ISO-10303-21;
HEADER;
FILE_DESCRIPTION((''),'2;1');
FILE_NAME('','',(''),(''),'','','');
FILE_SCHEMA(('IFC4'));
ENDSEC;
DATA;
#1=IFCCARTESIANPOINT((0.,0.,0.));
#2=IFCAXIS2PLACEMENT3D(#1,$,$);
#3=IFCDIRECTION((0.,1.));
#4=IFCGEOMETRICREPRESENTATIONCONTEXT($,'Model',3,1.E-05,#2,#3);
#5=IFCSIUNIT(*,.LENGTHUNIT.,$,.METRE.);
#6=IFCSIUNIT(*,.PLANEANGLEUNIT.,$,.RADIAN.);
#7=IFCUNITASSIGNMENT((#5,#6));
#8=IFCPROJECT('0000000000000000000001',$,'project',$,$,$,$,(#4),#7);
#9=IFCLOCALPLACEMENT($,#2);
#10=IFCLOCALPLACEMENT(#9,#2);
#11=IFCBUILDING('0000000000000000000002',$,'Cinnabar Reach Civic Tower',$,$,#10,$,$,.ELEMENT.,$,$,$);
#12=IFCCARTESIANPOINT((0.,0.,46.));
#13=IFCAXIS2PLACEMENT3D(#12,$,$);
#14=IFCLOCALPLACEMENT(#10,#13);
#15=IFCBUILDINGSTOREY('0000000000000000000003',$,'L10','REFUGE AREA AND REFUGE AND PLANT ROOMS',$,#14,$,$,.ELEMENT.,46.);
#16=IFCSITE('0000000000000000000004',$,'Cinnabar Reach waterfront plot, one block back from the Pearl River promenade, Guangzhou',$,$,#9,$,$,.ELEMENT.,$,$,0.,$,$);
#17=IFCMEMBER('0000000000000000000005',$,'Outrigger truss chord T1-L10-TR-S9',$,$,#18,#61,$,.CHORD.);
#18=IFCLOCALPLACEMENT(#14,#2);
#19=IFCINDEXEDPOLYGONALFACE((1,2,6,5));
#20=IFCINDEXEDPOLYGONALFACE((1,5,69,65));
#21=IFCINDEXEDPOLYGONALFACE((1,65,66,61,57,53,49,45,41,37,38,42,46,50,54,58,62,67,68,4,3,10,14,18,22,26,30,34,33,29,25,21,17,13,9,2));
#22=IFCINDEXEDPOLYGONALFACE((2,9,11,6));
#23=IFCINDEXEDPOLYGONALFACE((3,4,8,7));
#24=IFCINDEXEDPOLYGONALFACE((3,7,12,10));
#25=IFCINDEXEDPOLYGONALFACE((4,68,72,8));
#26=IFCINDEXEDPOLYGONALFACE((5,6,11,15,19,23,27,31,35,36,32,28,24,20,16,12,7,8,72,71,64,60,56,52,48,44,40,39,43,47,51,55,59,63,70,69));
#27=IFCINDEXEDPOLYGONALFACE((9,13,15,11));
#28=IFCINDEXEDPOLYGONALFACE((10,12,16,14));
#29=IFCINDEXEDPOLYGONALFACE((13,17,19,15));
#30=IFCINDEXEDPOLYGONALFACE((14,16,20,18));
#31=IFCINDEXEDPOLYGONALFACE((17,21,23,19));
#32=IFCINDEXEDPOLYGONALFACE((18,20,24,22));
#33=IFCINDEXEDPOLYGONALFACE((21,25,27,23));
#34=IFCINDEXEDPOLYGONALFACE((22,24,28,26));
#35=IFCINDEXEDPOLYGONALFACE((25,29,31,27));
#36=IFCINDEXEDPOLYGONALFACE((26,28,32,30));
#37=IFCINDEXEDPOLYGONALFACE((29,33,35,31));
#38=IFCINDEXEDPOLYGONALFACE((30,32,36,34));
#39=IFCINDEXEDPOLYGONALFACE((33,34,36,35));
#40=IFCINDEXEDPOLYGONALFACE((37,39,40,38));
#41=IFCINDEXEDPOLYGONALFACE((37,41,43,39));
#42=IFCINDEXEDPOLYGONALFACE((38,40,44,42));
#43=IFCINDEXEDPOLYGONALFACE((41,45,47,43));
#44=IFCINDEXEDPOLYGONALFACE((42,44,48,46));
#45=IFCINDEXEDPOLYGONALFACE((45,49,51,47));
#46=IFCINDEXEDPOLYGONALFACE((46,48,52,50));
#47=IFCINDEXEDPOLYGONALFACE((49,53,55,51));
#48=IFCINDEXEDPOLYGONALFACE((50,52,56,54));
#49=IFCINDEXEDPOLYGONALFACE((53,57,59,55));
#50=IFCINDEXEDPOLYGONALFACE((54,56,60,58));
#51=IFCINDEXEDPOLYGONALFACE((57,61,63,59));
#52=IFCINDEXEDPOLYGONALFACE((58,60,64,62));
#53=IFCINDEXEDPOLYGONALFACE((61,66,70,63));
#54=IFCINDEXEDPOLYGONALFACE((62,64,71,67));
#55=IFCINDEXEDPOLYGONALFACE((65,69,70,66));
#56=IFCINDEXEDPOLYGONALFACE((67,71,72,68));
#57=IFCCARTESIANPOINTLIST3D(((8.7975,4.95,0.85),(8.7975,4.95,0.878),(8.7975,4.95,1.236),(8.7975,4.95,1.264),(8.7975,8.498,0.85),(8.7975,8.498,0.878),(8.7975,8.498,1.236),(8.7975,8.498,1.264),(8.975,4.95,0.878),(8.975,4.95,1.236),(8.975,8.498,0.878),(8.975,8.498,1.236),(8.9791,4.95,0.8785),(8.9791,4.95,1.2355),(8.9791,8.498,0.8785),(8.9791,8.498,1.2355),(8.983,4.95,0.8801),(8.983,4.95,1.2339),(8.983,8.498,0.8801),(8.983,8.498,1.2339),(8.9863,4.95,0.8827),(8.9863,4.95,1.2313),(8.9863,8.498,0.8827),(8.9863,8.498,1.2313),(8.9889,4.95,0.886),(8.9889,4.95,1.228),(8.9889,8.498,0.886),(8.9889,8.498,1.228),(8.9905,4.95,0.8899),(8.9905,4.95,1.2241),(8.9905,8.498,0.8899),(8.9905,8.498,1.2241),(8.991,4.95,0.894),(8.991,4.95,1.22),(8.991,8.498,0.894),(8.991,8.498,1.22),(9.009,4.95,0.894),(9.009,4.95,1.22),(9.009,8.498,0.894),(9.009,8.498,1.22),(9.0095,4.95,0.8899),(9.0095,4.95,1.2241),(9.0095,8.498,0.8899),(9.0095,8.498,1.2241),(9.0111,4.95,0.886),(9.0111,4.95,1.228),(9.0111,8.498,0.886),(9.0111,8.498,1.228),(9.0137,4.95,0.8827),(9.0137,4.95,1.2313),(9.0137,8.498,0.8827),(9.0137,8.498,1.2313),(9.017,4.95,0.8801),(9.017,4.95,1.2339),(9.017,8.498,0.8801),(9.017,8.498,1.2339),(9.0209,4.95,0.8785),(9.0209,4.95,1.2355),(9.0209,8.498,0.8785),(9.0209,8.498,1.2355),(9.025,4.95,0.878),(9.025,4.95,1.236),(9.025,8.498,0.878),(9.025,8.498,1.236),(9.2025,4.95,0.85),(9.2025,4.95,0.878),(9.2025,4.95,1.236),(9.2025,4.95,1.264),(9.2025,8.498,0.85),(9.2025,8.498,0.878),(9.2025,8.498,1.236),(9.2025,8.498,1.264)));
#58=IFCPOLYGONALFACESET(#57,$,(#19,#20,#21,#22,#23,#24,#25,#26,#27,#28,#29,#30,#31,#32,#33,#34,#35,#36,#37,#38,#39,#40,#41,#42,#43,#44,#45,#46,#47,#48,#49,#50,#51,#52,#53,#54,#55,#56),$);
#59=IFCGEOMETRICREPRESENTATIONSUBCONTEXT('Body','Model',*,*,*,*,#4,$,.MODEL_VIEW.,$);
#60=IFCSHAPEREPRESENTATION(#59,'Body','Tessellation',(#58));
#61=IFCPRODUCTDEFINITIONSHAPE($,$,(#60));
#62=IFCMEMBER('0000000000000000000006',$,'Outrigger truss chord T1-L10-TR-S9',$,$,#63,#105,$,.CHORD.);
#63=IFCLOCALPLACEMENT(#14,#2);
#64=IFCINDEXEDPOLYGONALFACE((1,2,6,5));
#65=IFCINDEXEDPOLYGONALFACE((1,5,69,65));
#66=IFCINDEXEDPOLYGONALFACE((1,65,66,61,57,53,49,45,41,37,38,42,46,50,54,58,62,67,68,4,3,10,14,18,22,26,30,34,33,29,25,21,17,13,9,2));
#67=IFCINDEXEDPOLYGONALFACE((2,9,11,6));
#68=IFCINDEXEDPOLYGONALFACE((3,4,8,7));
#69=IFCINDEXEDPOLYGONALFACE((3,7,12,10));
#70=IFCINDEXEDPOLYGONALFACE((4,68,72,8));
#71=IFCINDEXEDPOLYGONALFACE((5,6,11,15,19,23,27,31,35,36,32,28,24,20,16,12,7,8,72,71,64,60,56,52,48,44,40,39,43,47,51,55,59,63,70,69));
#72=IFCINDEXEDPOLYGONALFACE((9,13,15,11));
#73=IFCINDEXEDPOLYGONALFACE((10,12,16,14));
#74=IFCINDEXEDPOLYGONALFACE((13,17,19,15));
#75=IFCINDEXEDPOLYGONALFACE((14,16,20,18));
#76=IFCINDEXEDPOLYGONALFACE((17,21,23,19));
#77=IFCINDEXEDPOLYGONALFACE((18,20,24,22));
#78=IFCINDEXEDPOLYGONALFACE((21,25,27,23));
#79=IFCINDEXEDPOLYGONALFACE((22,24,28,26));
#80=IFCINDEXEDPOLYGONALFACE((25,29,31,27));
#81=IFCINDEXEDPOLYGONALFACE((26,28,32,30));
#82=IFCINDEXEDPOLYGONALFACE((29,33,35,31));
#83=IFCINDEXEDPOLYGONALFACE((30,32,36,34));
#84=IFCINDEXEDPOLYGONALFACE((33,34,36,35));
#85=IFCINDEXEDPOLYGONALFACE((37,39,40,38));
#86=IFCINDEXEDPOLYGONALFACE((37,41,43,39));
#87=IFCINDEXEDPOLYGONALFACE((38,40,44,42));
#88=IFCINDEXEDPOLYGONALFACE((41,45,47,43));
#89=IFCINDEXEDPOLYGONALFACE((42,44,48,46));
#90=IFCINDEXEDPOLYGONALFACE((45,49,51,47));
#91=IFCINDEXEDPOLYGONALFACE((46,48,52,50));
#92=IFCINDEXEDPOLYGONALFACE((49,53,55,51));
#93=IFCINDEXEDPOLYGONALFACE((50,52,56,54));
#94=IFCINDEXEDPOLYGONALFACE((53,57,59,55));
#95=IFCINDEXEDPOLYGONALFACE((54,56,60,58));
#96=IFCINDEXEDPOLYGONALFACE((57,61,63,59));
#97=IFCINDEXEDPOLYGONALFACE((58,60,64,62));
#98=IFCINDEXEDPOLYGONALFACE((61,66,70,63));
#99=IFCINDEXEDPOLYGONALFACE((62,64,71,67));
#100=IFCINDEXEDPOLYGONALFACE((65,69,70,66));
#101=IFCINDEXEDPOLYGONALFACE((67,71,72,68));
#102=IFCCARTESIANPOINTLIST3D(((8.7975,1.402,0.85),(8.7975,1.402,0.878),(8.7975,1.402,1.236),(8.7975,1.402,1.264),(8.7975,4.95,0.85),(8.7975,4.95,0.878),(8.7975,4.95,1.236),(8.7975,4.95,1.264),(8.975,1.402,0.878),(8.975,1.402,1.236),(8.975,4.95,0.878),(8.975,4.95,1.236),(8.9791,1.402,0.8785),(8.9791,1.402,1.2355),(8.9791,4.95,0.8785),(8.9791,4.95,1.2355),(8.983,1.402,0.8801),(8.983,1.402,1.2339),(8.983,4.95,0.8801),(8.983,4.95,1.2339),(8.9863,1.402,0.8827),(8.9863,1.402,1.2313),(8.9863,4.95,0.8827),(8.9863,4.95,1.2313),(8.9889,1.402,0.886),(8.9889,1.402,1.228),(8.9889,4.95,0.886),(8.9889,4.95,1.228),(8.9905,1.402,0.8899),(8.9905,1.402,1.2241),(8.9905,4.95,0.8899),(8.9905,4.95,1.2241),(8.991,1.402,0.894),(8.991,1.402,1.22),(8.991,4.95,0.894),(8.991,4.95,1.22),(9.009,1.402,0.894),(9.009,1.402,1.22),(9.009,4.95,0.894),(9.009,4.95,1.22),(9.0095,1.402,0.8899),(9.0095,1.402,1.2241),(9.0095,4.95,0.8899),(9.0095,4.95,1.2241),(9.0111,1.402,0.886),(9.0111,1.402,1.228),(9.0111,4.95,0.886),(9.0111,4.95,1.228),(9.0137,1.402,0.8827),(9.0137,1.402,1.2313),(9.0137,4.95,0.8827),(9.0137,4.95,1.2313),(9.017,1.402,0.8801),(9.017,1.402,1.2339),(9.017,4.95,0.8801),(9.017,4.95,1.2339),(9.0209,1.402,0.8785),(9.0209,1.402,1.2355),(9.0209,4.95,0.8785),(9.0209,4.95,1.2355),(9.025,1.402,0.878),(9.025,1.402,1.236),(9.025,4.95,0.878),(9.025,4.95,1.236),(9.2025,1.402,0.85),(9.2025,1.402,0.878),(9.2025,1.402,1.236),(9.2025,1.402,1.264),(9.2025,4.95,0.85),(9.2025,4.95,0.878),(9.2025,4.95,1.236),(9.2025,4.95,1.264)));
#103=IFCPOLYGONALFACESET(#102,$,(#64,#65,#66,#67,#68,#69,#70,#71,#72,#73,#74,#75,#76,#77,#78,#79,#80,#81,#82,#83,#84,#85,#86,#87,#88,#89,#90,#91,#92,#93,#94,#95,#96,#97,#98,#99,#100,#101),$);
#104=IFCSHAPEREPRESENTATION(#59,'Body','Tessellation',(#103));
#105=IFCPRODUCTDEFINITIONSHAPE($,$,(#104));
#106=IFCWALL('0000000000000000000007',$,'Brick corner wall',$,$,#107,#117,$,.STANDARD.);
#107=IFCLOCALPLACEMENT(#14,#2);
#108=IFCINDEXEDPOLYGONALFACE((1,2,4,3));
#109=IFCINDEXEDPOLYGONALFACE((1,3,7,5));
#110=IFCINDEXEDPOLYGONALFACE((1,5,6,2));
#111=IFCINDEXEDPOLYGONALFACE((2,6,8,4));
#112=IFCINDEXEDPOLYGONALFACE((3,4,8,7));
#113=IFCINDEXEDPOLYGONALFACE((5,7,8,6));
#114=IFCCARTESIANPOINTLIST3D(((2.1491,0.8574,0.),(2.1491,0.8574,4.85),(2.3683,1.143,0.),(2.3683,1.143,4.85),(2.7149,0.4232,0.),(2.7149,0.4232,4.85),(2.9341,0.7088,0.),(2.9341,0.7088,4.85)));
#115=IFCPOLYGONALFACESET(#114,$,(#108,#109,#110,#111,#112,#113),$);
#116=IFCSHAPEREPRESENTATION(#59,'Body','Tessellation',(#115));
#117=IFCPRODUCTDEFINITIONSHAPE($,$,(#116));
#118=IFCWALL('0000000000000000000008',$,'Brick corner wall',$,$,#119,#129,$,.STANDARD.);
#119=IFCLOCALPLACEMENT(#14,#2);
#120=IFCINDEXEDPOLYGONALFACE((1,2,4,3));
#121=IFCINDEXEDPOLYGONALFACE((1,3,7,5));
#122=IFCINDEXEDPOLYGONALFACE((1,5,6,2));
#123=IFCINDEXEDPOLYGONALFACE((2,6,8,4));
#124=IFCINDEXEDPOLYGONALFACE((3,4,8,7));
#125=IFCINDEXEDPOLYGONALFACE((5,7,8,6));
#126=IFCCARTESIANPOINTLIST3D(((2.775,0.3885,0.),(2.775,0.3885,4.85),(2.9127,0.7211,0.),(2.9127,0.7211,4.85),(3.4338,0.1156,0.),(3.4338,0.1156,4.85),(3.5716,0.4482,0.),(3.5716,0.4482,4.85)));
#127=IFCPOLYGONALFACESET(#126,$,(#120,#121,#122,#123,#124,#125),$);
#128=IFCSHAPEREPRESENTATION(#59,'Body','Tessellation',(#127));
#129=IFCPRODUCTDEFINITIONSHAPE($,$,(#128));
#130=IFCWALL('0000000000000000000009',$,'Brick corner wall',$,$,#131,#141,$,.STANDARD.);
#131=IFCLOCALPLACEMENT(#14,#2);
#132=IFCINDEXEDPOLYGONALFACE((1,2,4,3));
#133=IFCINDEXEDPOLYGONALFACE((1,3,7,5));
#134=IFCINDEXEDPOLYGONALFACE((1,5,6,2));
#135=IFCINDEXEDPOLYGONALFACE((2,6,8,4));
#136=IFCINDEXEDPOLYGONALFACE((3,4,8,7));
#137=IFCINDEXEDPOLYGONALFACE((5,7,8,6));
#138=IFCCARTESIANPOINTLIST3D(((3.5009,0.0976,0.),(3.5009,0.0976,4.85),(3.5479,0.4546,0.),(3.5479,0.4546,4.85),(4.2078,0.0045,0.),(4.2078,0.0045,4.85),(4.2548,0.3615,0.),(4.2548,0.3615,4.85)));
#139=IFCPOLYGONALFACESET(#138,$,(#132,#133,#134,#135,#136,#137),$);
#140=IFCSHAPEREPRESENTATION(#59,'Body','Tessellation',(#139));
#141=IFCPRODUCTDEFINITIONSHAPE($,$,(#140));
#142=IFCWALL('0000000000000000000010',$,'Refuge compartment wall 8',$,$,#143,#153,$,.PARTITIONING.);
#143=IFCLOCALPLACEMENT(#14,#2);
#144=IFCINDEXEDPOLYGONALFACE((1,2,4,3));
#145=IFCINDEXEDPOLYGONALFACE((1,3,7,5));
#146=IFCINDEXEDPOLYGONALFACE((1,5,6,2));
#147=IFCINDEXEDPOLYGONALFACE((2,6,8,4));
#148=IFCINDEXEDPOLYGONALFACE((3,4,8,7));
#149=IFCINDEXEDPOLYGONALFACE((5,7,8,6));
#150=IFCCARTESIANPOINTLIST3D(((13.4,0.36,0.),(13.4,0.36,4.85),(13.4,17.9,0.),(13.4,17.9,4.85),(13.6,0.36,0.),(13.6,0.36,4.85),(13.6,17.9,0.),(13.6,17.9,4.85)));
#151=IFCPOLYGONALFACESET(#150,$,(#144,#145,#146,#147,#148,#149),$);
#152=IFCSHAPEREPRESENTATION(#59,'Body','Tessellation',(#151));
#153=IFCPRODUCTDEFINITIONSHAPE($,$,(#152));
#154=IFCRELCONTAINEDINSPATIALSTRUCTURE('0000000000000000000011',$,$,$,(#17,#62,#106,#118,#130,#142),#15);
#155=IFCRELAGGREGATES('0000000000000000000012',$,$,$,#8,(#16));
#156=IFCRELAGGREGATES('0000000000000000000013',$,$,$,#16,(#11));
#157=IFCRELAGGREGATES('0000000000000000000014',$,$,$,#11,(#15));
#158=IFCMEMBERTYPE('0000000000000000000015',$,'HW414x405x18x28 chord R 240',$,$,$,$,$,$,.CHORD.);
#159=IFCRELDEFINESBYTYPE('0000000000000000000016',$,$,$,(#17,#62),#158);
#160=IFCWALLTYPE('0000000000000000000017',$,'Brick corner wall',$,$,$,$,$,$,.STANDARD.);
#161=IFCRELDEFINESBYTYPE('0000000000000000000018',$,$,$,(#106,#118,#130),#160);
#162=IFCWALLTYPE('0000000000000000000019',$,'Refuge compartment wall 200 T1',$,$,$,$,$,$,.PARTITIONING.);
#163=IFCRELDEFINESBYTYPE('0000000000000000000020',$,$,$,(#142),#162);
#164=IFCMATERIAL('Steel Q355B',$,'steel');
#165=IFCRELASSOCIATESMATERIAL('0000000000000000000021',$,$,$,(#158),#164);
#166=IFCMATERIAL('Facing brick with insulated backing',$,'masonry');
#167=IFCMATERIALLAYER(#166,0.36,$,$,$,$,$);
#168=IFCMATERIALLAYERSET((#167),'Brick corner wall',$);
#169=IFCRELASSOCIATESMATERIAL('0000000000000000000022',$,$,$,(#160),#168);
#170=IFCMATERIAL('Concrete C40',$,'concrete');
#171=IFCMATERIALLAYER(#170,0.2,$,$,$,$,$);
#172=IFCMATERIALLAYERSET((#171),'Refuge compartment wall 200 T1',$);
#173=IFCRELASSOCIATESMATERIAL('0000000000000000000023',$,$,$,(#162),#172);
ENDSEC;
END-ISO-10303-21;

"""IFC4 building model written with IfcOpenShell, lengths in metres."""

from ifc_helpers import new_model, si_unit, direction, frame, frame_2d, origin, origin_2d, place, context, subcontext, project, spatial, rectangle, i_section, extrude, material, layer, layer_set, material_profile, profile_set, type_object, element, save


model = new_model("IFC4")

# Units and contexts
model_context = context("Model", 3, precision=1e-05, world=origin(), true_north=direction((0.0, 1.0)))
body_context = subcontext(model_context, "Body", "Model", "MODEL_VIEW")
ifc_project = project(units=[si_unit("LENGTHUNIT", "METRE"), si_unit("PLANEANGLEUNIT", "RADIAN")], contexts=[model_context])

# Site, building, storey
site_placement = place(None, origin())
site = spatial("IfcSite", under=ifc_project, at=site_placement, Name="Cinnabar Reach waterfront plot, one block back from the Pearl River promenade, Guangzhou", CompositionType="ELEMENT", RefElevation=0.0)
building_placement = place(site_placement, origin())
building = spatial("IfcBuilding", under=site, at=building_placement, Name="Cinnabar Reach Civic Tower", CompositionType="ELEMENT")
storey_placement = place(building_placement, frame((0.0, 0.0, 46.0)))
storey = spatial("IfcBuildingStorey", under=building, at=storey_placement, Name="L10", Description="REFUGE AREA AND REFUGE AND PLANT ROOMS", CompositionType="ELEMENT", Elevation=46.0)

# Shared definitions
ifc_material_1 = material(Name="Steel Q355B", Category="steel")

# Members
ifc_material_profile_1 = material_profile(ifc_material_1, i_section(OverallWidth=0.405, OverallDepth=0.414, WebThickness=0.018, FlangeThickness=0.028, FilletRadius=0.016, at=origin_2d()), Name="HW414x405x18x28")
ifc_profile_set_1 = profile_set([ifc_material_profile_1], Name="Steel Q355B")
member_type_1 = type_object("IfcMemberType", Name="HW414x405x18x28 chord R 240", PredefinedType="CHORD", material=ifc_profile_set_1)
for number, where, z_axis, x_axis, name in (
    (1, (9.0, 8.498, 1.057), (0.0, -1.0, 0.0), (1.0, 0.0, 0.0), "Outrigger truss chord T1-L10-TR-S9"),
    (2, (9.0, 4.95, 1.057), (0.0, -1.0, 0.0), (1.0, 0.0, 0.0), "Outrigger truss chord T1-L10-TR-S9"),
):
    element("IfcMember", number, at=place(storey_placement, frame(where, z_axis=z_axis, x_axis=x_axis)), inside=storey, type_object=member_type_1, Name=name, PredefinedType="CHORD", context=body_context, shape_type="SweptSolid", body=[
        extrude(i_section(OverallWidth=0.405, OverallDepth=0.414, WebThickness=0.018, FlangeThickness=0.028, FilletRadius=0.016, at=origin_2d()), origin(), (0.0, 0.0, 1.0), 3.548),
    ])

# Walls
ifc_material_2 = material(Name="Facing brick with insulated backing", Category="masonry")
ifc_layer_1 = layer(ifc_material_2, 0.36)
ifc_layer_set_1 = layer_set([ifc_layer_1], Name="Brick corner wall")
wall_type_1 = type_object("IfcWallType", Name="Brick corner wall", PredefinedType="STANDARD", material=ifc_layer_set_1)
wall_1_placement = place(storey_placement, frame((2.2587, 1.0002, 0.0), z_axis=(0.0, 0.0, 1.0), x_axis=(0.793322, -0.608802, 0.0)))
element("IfcWall", 3, at=wall_1_placement, inside=storey, type_object=wall_type_1, Name="Brick corner wall", PredefinedType="STANDARD", context=body_context, shape_type="SweptSolid", body=[
    extrude(rectangle(XDim=0.7132, YDim=0.36, at=frame_2d((0.3566, 0.0))), origin(), (0.0, 0.0, 1.0), 4.85),
])
for number, where, z_axis, x_axis, name in (
    (4, (2.8439, 0.5548, 0.0), (0.0, 0.0, 1.0), (0.923872, -0.382703, 0.0), "Brick corner wall"),
    (5, (3.5244, 0.2761, 0.0), (0.0, 0.0, 1.0), (0.991441, -0.130556, 0.0), "Brick corner wall"),
):
    element("IfcWall", number, at=place(storey_placement, frame(where, z_axis=z_axis, x_axis=x_axis)), inside=storey, type_object=wall_type_1, Name=name, PredefinedType="STANDARD", context=body_context, shape_type="SweptSolid", body=[
        extrude(rectangle(XDim=0.7131, YDim=0.36, at=frame_2d((0.3565, 0.0))), origin(), (0.0, 0.0, 1.0), 4.85),
    ])

# Wall
ifc_material_3 = material(Name="Concrete C40", Category="concrete")
ifc_layer_2 = layer(ifc_material_3, 0.2)
ifc_layer_set_2 = layer_set([ifc_layer_2], Name="Refuge compartment wall 200 T1")
wall_type_2 = type_object("IfcWallType", Name="Refuge compartment wall 200 T1", PredefinedType="PARTITIONING", material=ifc_layer_set_2)
wall_2_placement = place(storey_placement, frame((13.5, 0.36, 0.0), z_axis=(0.0, 0.0, 1.0), x_axis=(0.0, 1.0, 0.0)))
element("IfcWall", 6, at=wall_2_placement, inside=storey, type_object=wall_type_2, Name="Refuge compartment wall 8", PredefinedType="PARTITIONING", context=body_context, shape_type="SweptSolid", body=[
    extrude(rectangle(XDim=17.54, YDim=0.2, at=frame_2d((8.77, 0.0))), origin(), (0.0, 0.0, 1.0), 4.85),
])

save(model, "model.ifc")
